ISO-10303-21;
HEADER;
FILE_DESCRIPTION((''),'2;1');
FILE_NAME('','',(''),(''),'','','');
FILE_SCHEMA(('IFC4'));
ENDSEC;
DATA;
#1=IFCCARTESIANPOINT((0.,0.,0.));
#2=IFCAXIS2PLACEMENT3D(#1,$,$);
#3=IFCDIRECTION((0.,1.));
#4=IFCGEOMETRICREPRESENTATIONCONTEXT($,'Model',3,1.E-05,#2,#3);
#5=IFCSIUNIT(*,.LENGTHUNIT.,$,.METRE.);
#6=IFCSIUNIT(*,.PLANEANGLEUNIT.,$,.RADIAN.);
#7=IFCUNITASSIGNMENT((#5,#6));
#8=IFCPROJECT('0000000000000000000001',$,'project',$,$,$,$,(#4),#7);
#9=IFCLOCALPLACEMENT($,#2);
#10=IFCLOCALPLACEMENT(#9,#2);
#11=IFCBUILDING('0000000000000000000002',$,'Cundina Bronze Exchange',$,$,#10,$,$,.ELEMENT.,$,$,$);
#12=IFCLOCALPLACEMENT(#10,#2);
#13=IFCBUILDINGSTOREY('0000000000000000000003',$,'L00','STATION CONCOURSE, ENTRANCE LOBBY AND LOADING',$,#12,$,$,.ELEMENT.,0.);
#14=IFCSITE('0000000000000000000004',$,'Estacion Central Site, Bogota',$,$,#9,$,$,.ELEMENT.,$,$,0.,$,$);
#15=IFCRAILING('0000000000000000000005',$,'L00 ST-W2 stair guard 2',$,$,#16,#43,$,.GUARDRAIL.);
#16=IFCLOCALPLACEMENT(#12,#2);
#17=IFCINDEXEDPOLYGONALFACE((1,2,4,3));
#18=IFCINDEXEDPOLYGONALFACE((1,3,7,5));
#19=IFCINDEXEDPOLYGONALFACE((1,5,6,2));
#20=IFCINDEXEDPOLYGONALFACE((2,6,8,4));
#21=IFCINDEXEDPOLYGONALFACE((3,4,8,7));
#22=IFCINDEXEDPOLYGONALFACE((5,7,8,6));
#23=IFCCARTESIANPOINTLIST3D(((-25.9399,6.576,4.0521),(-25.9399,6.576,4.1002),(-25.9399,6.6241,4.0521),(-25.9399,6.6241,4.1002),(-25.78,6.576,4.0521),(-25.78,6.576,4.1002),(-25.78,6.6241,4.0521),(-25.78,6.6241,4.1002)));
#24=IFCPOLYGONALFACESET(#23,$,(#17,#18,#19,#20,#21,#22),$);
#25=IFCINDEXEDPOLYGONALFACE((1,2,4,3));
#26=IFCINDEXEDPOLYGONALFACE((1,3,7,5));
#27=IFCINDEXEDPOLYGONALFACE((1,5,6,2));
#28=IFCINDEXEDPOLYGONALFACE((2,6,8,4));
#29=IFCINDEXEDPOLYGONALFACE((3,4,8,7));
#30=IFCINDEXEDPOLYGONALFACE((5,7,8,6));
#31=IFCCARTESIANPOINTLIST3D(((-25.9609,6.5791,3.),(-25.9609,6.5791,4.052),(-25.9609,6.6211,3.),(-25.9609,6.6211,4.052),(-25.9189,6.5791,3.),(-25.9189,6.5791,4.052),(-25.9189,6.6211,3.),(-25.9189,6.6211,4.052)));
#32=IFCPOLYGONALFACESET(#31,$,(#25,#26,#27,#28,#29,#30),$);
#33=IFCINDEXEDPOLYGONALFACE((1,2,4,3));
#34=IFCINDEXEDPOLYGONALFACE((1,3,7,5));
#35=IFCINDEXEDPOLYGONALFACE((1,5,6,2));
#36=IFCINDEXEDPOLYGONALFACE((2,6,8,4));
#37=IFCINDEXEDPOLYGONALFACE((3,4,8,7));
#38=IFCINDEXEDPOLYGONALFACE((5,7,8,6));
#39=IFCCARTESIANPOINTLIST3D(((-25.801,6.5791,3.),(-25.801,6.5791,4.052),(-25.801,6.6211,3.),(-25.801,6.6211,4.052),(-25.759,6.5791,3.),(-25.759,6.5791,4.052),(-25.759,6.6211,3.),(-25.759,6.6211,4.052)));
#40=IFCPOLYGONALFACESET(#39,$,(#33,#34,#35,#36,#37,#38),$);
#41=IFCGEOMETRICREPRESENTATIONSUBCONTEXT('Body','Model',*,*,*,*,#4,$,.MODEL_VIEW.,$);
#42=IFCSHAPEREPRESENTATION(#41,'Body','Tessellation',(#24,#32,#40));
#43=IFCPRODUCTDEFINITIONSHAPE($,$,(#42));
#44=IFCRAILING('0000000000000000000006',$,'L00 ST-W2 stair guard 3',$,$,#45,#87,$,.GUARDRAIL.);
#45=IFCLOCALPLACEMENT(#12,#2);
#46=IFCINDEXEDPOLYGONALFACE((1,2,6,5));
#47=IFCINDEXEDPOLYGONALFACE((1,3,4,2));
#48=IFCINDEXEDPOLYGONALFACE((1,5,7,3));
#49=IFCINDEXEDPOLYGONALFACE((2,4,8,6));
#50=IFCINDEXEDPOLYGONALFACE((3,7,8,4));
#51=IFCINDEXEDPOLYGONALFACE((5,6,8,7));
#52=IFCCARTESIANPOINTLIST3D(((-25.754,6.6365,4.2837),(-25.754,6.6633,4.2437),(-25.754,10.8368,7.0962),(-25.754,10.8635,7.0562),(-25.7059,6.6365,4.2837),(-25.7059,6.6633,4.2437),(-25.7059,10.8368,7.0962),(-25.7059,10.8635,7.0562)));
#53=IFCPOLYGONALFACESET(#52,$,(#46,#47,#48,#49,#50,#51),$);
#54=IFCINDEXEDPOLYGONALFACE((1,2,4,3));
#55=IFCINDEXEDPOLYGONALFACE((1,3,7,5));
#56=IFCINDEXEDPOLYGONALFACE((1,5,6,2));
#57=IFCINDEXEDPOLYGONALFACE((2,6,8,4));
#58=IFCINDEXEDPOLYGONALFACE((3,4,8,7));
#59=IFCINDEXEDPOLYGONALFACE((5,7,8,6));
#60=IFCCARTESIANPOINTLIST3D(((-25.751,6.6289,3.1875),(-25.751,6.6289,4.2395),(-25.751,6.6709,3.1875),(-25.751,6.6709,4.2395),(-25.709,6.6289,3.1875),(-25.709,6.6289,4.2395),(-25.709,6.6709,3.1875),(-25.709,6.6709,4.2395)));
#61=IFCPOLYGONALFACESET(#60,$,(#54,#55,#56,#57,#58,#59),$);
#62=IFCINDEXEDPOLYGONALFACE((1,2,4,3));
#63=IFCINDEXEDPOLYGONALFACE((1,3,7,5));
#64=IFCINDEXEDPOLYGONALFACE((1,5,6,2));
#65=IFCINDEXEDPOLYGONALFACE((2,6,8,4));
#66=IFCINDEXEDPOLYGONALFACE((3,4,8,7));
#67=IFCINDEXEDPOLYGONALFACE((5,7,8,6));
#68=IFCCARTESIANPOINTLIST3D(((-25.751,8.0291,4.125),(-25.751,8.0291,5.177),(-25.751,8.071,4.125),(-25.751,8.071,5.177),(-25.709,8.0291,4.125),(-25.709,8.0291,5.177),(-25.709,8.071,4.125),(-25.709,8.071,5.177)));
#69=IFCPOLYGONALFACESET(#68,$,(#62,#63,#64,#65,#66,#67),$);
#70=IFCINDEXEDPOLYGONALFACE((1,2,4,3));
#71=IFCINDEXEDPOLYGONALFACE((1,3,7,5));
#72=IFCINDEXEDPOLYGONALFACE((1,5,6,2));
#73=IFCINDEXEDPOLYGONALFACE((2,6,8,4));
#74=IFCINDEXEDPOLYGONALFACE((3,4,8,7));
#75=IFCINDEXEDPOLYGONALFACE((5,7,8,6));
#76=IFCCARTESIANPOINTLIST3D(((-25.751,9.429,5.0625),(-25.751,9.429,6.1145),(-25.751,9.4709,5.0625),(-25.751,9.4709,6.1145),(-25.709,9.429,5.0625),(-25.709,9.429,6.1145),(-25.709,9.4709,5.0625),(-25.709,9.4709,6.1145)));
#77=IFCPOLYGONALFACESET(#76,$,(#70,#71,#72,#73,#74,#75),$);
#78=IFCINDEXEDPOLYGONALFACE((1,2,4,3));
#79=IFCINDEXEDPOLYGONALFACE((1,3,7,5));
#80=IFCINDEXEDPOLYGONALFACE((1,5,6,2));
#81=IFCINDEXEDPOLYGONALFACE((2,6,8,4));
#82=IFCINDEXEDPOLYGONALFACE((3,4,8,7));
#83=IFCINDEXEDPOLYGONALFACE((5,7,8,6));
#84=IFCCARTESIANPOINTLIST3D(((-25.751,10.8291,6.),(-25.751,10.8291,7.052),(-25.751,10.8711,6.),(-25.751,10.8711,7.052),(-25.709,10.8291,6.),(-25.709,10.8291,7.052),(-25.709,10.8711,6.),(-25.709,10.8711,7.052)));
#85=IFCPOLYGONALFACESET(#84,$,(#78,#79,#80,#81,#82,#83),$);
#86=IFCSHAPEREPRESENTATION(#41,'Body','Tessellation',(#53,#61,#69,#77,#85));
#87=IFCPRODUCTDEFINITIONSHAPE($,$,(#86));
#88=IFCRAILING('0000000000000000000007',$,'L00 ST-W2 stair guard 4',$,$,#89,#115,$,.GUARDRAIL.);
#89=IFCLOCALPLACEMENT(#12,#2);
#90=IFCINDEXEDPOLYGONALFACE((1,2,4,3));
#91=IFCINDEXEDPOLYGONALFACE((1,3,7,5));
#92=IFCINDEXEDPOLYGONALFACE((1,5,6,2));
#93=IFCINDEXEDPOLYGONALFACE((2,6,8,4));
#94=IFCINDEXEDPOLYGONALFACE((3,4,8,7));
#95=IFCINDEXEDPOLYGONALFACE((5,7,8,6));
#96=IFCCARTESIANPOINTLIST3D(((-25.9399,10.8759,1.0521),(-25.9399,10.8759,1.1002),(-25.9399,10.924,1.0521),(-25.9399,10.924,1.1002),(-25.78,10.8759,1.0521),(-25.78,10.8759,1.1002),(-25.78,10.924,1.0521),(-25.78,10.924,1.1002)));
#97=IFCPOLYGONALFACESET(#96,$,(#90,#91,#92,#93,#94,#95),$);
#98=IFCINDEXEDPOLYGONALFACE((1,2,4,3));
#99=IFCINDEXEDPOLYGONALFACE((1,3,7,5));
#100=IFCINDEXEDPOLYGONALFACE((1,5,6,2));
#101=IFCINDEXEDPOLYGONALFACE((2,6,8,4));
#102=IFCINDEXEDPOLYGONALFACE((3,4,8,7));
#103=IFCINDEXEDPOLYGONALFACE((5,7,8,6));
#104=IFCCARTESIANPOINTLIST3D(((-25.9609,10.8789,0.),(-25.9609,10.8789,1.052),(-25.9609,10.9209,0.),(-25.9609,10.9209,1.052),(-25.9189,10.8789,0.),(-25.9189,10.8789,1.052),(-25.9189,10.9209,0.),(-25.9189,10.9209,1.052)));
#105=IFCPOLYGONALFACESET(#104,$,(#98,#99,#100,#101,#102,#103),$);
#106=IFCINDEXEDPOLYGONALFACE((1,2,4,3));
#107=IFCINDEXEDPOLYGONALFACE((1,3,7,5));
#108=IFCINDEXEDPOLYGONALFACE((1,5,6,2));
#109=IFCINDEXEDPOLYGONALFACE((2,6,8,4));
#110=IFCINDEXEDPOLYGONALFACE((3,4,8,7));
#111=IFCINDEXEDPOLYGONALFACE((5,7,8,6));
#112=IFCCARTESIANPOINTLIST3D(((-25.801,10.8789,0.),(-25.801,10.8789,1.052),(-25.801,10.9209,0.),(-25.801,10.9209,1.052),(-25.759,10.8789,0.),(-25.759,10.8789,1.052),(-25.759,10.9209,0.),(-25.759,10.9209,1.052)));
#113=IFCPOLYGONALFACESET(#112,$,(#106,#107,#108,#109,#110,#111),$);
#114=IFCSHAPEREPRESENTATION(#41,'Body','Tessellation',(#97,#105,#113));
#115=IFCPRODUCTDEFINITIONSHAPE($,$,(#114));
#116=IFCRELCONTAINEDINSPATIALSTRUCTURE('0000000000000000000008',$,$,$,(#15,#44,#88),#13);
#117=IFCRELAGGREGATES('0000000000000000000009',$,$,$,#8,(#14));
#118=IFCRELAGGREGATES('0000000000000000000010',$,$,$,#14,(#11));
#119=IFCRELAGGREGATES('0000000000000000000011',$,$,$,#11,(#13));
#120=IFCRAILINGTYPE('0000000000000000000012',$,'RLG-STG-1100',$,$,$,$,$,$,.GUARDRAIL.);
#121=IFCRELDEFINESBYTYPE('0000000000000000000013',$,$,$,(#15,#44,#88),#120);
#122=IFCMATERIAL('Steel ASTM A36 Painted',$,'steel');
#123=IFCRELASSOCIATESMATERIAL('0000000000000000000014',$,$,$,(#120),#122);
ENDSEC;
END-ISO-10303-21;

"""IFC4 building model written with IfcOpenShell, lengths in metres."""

from ifc_helpers import new_model, si_unit, direction, frame, origin, origin_2d, place, context, subcontext, project, spatial, rectangle, extrude, material, type_object, element, save


model = new_model("IFC4")

# Units and contexts
model_context = context("Model", 3, precision=1e-05, world=origin(), true_north=direction((0.0, 1.0)))
body_context = subcontext(model_context, "Body", "Model", "MODEL_VIEW")
ifc_project = project(units=[si_unit("LENGTHUNIT", "METRE"), si_unit("PLANEANGLEUNIT", "RADIAN")], contexts=[model_context])

# Site, building, storey
site_placement = place(None, origin())
site = spatial("IfcSite", under=ifc_project, at=site_placement, Name="Estacion Central Site, Bogota", CompositionType="ELEMENT", RefElevation=0.0)
building_placement = place(site_placement, origin())
building = spatial("IfcBuilding", under=site, at=building_placement, Name="Cundina Bronze Exchange", CompositionType="ELEMENT")
storey_placement = place(building_placement, origin())
storey = spatial("IfcBuildingStorey", under=building, at=storey_placement, Name="L00", Description="STATION CONCOURSE, ENTRANCE LOBBY AND LOADING", CompositionType="ELEMENT", Elevation=0.0)

# Shared definitions
ifc_material_1 = material(Name="Steel ASTM A36 Painted", Category="steel")

# Railings
railing_type_1 = type_object("IfcRailingType", Name="RLG-STG-1100", PredefinedType="GUARDRAIL", material=ifc_material_1)
railing_1_placement = place(storey_placement, frame((-25.9399, 6.6001, 3.0)))
element("IfcRailing", 1, at=railing_1_placement, inside=storey, type_object=railing_type_1, Name="L00 ST-W2 stair guard 2", PredefinedType="GUARDRAIL", context=body_context, shape_type="SweptSolid", body=[
    extrude(rectangle(XDim=0.0481, YDim=0.0481, at=origin_2d()), frame((0.0, 0.0, 1.0762), z_axis=(1.0, 0.0, 0.0), x_axis=(0.0, 1.0, 0.0)), (0.0, 0.0, 1.0), 0.1599),
    extrude(rectangle(XDim=0.042, YDim=0.042, at=origin_2d()), origin(), (0.0, 0.0, 1.0), 1.052),
    extrude(rectangle(XDim=0.042, YDim=0.042, at=origin_2d()), frame((0.1599, 0.0, 0.0)), (0.0, 0.0, 1.0), 1.052),
])
railing_2_placement = place(storey_placement, frame((-25.73, 6.6499, 3.1875)))
element("IfcRailing", 2, at=railing_2_placement, inside=storey, type_object=railing_type_1, Name="L00 ST-W2 stair guard 3", PredefinedType="GUARDRAIL", context=body_context, shape_type="SweptSolid", body=[
    extrude(rectangle(XDim=0.0481, YDim=0.0481, at=origin_2d()), frame((0.0, 0.0, 1.0762), z_axis=(0.0, 0.830919, 0.556393), x_axis=(-1.0, 0.0, 0.0)), (0.0, 0.0, 1.0), 5.0549),
    extrude(rectangle(XDim=0.042, YDim=0.042, at=origin_2d()), origin(), (0.0, 0.0, 1.0), 1.052),
    extrude(rectangle(XDim=0.042, YDim=0.042, at=origin_2d()), frame((0.0, 1.4001, 0.9375)), (0.0, 0.0, 1.0), 1.052),
    extrude(rectangle(XDim=0.042, YDim=0.042, at=origin_2d()), frame((0.0, 2.8, 1.875)), (0.0, 0.0, 1.0), 1.052),
    extrude(rectangle(XDim=0.042, YDim=0.042, at=origin_2d()), frame((0.0, 4.2002, 2.8125)), (0.0, 0.0, 1.0), 1.052),
])
railing_3_placement = place(storey_placement, frame((-25.9399, 10.8999, 0.0)))
element("IfcRailing", 3, at=railing_3_placement, inside=storey, type_object=railing_type_1, Name="L00 ST-W2 stair guard 4", PredefinedType="GUARDRAIL", context=body_context, shape_type="SweptSolid", body=[
    extrude(rectangle(XDim=0.0481, YDim=0.0481, at=origin_2d()), frame((0.0, 0.0, 1.0762), z_axis=(1.0, 0.0, 0.0), x_axis=(0.0, 1.0, 0.0)), (0.0, 0.0, 1.0), 0.1599),
    extrude(rectangle(XDim=0.042, YDim=0.042, at=origin_2d()), origin(), (0.0, 0.0, 1.0), 1.052),
    extrude(rectangle(XDim=0.042, YDim=0.042, at=origin_2d()), frame((0.1599, 0.0, 0.0)), (0.0, 0.0, 1.0), 1.052),
])

save(model, "model.ifc")
